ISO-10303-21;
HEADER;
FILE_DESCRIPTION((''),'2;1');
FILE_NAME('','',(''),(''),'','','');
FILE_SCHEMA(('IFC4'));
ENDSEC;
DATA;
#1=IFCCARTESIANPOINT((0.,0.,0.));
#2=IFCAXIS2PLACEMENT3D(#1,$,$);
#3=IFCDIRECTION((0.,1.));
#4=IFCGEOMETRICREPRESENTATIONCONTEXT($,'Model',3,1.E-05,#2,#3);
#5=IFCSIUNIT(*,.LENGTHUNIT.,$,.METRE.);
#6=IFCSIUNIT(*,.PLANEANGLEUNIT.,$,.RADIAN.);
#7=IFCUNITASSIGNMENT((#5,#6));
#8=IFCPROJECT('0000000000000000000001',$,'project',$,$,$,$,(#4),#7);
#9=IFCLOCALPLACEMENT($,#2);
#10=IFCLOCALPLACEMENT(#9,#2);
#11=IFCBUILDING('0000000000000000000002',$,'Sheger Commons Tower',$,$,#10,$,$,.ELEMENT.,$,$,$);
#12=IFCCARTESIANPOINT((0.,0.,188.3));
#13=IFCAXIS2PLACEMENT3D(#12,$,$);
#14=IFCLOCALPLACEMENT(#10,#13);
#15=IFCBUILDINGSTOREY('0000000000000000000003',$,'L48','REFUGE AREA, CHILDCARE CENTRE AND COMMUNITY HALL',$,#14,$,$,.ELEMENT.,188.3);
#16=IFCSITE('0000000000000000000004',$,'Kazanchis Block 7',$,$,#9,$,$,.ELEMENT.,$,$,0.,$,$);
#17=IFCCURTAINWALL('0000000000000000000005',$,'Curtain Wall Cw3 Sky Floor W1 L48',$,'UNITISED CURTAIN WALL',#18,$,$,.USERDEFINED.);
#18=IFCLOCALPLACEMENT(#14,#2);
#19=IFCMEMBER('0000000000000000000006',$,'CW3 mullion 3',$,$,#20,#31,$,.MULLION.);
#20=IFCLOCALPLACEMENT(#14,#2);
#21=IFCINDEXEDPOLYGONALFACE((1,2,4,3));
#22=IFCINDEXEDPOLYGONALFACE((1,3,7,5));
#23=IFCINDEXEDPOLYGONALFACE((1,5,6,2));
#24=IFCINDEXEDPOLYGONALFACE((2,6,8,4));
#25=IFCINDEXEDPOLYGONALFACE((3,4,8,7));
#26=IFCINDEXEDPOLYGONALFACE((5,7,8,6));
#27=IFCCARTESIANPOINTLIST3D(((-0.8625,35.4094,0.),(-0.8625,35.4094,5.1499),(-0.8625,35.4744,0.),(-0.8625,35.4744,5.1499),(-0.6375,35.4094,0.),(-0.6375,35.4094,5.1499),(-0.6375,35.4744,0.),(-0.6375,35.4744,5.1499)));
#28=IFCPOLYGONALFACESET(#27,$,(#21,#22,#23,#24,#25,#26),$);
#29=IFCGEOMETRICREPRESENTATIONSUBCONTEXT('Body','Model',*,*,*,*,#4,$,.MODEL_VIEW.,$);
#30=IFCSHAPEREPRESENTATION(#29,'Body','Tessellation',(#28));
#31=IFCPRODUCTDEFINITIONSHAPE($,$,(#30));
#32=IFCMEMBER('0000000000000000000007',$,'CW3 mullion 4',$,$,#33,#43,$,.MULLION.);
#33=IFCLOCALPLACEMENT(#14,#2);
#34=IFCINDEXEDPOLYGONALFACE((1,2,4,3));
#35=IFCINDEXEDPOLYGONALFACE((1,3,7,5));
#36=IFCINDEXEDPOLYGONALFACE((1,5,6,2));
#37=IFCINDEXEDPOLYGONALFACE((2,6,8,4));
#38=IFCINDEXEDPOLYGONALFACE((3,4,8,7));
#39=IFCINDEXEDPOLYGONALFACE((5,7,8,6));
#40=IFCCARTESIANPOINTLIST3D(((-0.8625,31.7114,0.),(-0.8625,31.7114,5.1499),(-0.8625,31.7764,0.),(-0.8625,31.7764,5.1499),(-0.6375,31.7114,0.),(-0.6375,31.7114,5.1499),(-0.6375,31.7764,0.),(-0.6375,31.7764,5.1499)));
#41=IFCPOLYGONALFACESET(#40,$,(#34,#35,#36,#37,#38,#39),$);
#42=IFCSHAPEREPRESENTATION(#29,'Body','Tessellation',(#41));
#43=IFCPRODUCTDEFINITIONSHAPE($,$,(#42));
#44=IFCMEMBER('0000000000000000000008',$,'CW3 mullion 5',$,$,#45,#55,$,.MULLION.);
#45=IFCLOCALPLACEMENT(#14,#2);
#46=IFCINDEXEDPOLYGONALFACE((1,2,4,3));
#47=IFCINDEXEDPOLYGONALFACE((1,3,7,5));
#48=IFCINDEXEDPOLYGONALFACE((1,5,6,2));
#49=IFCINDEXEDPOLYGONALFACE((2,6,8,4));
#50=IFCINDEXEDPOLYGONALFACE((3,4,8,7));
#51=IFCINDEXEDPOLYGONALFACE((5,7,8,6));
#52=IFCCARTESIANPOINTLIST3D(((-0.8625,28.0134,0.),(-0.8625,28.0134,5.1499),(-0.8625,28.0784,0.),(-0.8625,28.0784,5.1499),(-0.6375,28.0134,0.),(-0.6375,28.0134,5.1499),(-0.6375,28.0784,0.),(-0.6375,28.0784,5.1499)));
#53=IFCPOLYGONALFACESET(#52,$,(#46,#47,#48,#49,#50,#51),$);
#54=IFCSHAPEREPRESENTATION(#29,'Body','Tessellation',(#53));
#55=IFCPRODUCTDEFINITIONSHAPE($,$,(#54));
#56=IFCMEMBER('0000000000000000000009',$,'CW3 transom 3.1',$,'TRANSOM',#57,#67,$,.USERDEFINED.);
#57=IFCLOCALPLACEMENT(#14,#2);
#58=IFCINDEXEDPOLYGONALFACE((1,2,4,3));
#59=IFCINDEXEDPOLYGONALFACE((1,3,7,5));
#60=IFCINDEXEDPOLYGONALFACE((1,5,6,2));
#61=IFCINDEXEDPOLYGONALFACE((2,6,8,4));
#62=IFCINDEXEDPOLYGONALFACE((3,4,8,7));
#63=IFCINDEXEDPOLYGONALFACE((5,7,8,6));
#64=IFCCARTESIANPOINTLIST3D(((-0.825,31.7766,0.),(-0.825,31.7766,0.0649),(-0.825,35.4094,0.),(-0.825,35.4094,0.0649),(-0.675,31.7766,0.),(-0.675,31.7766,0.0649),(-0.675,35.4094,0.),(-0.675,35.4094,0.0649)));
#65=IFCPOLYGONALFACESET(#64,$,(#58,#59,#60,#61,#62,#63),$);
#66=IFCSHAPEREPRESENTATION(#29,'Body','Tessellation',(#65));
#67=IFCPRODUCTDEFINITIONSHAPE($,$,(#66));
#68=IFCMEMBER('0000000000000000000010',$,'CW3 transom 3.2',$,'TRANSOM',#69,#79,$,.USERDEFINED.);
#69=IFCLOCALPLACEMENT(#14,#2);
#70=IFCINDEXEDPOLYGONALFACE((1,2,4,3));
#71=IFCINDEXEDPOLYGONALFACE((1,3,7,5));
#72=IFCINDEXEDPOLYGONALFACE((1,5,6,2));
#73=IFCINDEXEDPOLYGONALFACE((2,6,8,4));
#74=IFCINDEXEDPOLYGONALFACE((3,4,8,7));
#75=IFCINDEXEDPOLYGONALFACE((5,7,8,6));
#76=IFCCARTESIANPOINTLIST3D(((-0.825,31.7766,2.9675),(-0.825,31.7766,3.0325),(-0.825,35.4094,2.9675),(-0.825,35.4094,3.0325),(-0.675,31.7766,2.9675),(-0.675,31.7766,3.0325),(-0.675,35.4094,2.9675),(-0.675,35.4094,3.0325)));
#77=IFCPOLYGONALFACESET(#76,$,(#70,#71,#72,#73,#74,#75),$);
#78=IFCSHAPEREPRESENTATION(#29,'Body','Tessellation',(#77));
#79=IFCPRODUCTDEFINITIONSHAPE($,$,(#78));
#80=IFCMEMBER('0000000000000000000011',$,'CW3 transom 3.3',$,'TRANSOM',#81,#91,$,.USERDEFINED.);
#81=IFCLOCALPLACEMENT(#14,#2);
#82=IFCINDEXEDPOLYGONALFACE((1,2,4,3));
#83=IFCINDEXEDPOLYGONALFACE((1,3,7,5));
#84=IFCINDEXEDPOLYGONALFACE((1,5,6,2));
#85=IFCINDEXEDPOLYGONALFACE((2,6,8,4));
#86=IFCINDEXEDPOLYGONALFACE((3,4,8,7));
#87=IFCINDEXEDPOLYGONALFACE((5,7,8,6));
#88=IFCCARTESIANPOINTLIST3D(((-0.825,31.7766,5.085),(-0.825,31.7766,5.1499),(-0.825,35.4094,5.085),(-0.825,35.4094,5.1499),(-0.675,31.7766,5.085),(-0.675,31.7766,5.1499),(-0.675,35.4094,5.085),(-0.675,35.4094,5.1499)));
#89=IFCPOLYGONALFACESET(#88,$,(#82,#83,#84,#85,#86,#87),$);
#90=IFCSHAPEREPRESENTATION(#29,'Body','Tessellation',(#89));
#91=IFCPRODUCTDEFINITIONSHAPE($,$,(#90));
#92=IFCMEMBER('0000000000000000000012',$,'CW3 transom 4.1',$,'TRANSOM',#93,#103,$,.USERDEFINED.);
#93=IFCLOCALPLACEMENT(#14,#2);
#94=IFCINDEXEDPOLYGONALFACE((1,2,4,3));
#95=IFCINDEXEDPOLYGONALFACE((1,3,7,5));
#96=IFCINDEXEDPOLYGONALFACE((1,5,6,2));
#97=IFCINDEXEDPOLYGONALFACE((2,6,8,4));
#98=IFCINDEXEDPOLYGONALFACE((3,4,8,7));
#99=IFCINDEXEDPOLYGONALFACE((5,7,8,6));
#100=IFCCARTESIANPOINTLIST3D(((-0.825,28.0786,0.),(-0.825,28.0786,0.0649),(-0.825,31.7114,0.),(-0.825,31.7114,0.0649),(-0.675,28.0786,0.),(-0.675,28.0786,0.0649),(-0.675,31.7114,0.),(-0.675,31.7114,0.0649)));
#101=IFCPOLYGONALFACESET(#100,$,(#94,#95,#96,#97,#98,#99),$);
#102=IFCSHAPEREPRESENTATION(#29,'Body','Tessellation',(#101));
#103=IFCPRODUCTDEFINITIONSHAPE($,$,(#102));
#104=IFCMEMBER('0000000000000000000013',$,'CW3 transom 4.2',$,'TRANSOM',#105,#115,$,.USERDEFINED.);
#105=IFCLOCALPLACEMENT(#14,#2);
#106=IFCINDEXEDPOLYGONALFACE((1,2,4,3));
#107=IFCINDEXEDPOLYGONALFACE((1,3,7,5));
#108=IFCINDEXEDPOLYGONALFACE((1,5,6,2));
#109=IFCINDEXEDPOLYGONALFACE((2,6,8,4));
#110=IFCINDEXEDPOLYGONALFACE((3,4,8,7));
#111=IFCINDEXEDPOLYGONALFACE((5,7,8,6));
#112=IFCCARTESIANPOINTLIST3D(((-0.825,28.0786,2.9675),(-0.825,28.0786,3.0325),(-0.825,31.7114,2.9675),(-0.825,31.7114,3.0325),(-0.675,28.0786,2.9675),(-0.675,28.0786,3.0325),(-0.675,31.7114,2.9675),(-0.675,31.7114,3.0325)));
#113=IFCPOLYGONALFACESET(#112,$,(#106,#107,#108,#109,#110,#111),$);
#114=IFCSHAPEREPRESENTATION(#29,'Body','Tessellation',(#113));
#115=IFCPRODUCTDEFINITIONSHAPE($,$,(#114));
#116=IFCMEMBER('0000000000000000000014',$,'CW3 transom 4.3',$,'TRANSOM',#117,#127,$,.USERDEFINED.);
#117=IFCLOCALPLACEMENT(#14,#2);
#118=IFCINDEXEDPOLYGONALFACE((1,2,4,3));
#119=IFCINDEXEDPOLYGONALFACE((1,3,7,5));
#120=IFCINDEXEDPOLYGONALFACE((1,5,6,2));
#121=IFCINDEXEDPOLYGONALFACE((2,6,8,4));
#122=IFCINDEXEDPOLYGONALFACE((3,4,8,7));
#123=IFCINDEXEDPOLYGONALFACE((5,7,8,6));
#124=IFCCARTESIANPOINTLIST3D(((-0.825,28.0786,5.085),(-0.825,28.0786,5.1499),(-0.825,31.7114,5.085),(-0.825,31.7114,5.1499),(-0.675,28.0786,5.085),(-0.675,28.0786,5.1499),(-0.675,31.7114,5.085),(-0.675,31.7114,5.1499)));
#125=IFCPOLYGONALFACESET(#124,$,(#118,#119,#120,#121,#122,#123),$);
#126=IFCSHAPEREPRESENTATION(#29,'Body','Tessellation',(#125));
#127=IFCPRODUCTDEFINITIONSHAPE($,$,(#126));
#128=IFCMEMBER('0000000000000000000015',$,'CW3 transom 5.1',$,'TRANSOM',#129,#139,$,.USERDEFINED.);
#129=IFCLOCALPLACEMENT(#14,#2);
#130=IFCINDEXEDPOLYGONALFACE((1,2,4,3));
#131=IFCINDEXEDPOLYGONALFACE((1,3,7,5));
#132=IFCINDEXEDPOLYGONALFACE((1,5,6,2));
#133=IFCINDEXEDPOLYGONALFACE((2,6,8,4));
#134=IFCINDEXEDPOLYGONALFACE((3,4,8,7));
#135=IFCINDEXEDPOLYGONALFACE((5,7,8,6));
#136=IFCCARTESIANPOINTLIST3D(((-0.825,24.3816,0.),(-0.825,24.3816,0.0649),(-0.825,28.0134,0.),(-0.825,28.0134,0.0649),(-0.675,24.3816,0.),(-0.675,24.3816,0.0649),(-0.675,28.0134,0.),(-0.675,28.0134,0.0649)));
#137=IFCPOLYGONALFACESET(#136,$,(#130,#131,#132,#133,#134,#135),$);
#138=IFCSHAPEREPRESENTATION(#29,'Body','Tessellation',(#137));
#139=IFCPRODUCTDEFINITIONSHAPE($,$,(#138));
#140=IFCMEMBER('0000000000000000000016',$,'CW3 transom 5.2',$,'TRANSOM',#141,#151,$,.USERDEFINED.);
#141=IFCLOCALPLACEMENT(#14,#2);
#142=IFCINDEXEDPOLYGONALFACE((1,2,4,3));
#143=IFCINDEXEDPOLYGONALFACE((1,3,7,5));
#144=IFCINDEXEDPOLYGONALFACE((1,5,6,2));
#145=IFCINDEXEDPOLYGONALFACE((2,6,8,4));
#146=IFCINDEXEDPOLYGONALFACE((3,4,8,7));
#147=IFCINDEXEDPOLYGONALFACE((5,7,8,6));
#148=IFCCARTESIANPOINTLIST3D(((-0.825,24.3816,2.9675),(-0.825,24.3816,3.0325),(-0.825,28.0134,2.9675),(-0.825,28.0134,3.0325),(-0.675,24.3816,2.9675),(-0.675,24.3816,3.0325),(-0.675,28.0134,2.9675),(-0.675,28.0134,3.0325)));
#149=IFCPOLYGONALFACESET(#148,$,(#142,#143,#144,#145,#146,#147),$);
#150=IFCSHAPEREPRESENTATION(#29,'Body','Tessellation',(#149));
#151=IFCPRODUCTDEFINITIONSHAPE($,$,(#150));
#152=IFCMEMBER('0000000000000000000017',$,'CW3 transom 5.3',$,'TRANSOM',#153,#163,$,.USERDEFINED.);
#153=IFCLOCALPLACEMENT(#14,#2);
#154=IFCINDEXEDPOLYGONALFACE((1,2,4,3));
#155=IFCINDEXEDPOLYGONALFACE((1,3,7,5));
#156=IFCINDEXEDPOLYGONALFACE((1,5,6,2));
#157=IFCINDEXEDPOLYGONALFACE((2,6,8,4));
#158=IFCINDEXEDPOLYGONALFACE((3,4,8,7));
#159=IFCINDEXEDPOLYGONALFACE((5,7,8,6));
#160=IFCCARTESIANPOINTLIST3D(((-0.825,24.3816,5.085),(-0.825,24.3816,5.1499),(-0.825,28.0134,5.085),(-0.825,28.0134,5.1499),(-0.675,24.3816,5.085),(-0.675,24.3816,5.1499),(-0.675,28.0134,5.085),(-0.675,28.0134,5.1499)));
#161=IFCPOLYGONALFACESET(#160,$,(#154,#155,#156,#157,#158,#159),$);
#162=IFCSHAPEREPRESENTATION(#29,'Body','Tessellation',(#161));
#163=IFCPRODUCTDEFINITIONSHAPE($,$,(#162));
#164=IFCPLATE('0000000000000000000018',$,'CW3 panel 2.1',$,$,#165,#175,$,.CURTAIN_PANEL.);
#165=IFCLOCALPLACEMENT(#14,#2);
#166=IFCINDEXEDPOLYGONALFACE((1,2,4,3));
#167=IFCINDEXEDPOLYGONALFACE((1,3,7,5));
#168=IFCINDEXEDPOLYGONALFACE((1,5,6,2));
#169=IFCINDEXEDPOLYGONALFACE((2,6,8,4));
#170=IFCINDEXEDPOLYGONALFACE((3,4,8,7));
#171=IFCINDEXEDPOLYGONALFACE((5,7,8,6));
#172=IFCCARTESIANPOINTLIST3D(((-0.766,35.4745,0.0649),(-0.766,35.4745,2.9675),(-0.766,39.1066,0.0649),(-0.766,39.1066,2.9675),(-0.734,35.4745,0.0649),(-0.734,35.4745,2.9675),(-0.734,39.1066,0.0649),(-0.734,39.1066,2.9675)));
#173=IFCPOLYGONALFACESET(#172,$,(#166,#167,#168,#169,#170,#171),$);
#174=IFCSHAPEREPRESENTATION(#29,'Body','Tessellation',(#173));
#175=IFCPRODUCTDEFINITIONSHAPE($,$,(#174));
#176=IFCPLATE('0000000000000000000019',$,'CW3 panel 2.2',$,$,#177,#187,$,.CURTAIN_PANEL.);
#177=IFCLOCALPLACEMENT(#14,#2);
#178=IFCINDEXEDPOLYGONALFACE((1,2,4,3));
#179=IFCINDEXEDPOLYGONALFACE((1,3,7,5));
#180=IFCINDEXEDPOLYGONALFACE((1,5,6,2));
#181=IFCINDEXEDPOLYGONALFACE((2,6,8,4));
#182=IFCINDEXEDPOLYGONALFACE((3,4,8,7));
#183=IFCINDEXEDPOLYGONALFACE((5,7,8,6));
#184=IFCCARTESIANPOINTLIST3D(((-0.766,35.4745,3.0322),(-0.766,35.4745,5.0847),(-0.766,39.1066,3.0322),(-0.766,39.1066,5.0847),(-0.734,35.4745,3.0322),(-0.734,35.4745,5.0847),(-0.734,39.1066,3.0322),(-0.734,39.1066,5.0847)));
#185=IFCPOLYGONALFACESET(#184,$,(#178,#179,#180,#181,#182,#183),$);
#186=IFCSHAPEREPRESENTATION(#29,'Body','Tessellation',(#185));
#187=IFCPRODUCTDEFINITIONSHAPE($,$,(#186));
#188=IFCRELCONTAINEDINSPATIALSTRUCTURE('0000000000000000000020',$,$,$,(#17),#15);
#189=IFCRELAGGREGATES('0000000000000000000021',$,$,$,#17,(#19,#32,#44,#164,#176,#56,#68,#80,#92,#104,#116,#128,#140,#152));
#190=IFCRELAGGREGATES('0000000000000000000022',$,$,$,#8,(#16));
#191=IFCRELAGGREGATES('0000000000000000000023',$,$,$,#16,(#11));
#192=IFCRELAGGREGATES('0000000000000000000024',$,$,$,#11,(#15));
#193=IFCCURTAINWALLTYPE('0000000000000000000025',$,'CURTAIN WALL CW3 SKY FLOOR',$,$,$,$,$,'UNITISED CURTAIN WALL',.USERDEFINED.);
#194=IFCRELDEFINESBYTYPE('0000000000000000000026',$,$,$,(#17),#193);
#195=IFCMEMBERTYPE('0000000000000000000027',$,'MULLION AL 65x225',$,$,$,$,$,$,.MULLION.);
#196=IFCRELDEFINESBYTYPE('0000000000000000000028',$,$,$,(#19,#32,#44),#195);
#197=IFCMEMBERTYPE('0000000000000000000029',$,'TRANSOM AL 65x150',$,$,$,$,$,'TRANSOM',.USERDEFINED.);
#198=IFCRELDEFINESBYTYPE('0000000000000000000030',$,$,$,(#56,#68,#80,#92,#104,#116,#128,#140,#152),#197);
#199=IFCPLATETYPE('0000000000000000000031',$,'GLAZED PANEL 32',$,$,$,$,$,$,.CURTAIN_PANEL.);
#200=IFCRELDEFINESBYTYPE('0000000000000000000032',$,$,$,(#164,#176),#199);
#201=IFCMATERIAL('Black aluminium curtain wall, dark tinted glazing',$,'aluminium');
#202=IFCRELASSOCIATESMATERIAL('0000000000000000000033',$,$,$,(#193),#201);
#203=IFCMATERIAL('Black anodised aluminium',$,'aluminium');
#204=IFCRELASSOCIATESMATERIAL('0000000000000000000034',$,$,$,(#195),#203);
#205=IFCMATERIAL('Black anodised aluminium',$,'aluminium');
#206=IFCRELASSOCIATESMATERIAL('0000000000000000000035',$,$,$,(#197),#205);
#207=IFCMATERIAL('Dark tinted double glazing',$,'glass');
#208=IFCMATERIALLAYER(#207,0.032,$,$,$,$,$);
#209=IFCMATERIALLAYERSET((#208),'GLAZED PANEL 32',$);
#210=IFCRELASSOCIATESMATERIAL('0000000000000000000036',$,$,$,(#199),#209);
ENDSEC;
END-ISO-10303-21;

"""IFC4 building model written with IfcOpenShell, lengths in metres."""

from ifc_helpers import new_model, si_unit, direction, frame, origin, origin_2d, place, context, subcontext, project, spatial, rectangle, extrude, material, layer, layer_set, material_profile, profile_set, type_object, element, aggregate, save


model = new_model("IFC4")

# Units and contexts
model_context = context("Model", 3, precision=1e-05, world=origin(), true_north=direction((0.0, 1.0)))
body_context = subcontext(model_context, "Body", "Model", "MODEL_VIEW")
ifc_project = project(units=[si_unit("LENGTHUNIT", "METRE"), si_unit("PLANEANGLEUNIT", "RADIAN")], contexts=[model_context])

# Site, building, storey
site_placement = place(None, origin())
site = spatial("IfcSite", under=ifc_project, at=site_placement, Name="Kazanchis Block 7", CompositionType="ELEMENT", RefElevation=0.0)
building_placement = place(site_placement, origin())
building = spatial("IfcBuilding", under=site, at=building_placement, Name="Sheger Commons Tower", CompositionType="ELEMENT")
storey_placement = place(building_placement, frame((0.0, 0.0, 188.3)))
storey = spatial("IfcBuildingStorey", under=building, at=storey_placement, Name="L48", Description="REFUGE AREA, CHILDCARE CENTRE AND COMMUNITY HALL", CompositionType="ELEMENT", Elevation=188.3)

# Curtain wall, members, plates
ifc_material_1 = material(Name="Black aluminium curtain wall, dark tinted glazing", Category="aluminium")
curtain_wall_type = type_object("IfcCurtainWallType", Name="CURTAIN WALL CW3 SKY FLOOR", ElementType="UNITISED CURTAIN WALL", PredefinedType="USERDEFINED", material=ifc_material_1)
curtain_wall_placement = place(storey_placement, origin())
curtain_wall = element("IfcCurtainWall", 1, at=curtain_wall_placement, inside=storey, type_object=curtain_wall_type, Name="Curtain Wall Cw3 Sky Floor W1 L48", ObjectType="UNITISED CURTAIN WALL", PredefinedType="USERDEFINED")
ifc_material_2 = material(Name="Black anodised aluminium", Category="aluminium")
ifc_material_profile_1 = material_profile(ifc_material_2, rectangle(XDim=0.2251, YDim=0.0649, at=origin_2d()), Name="AL 65x225")
ifc_profile_set_1 = profile_set([ifc_material_profile_1], Name="Black anodised aluminium")
member_type_1 = type_object("IfcMemberType", Name="MULLION AL 65x225", PredefinedType="MULLION", material=ifc_profile_set_1)
member_1_placement = place(storey_placement, frame((-0.75, 35.4419, 0.0), z_axis=(0.0, 0.0, 1.0), x_axis=(1.0, 0.0, 0.0)))
member_1 = element("IfcMember", 2, at=member_1_placement, type_object=member_type_1, Name="CW3 mullion 3", PredefinedType="MULLION", context=body_context, shape_type="SweptSolid", body=[
    extrude(rectangle(XDim=0.2251, YDim=0.0649, at=origin_2d()), origin(), (0.0, 0.0, 1.0), 5.1499),
])
member_2_placement = place(storey_placement, frame((-0.75, 31.7439, 0.0), z_axis=(0.0, 0.0, 1.0), x_axis=(1.0, 0.0, 0.0)))
member_2 = element("IfcMember", 3, at=member_2_placement, type_object=member_type_1, Name="CW3 mullion 4", PredefinedType="MULLION", context=body_context, shape_type="SweptSolid", body=[
    extrude(rectangle(XDim=0.2251, YDim=0.0649, at=origin_2d()), origin(), (0.0, 0.0, 1.0), 5.1499),
])
member_3_placement = place(storey_placement, frame((-0.75, 28.0459, 0.0), z_axis=(0.0, 0.0, 1.0), x_axis=(1.0, 0.0, 0.0)))
member_3 = element("IfcMember", 4, at=member_3_placement, type_object=member_type_1, Name="CW3 mullion 5", PredefinedType="MULLION", context=body_context, shape_type="SweptSolid", body=[
    extrude(rectangle(XDim=0.2251, YDim=0.0649, at=origin_2d()), origin(), (0.0, 0.0, 1.0), 5.1499),
])
ifc_material_3 = material(Name="Black anodised aluminium", Category="aluminium")
ifc_material_profile_2 = material_profile(ifc_material_3, rectangle(XDim=0.1499, YDim=0.0649, at=origin_2d()), Name="AL 65x150")
ifc_profile_set_2 = profile_set([ifc_material_profile_2], Name="Black anodised aluminium")
member_type_2 = type_object("IfcMemberType", Name="TRANSOM AL 65x150", ElementType="TRANSOM", PredefinedType="USERDEFINED", material=ifc_profile_set_2)
member_4_placement = place(storey_placement, frame((-0.75, 35.4094, 0.0325), z_axis=(0.0, -1.0, 0.0), x_axis=(1.0, 0.0, 0.0)))
member_4 = element("IfcMember", 5, at=member_4_placement, type_object=member_type_2, Name="CW3 transom 3.1", ObjectType="TRANSOM", PredefinedType="USERDEFINED", context=body_context, shape_type="SweptSolid", body=[
    extrude(rectangle(XDim=0.1499, YDim=0.0649, at=origin_2d()), origin(), (0.0, 0.0, 1.0), 3.6328),
])
member_5_placement = place(storey_placement, frame((-0.75, 35.4094, 3.0), z_axis=(0.0, -1.0, 0.0), x_axis=(1.0, 0.0, 0.0)))
member_5 = element("IfcMember", 6, at=member_5_placement, type_object=member_type_2, Name="CW3 transom 3.2", ObjectType="TRANSOM", PredefinedType="USERDEFINED", context=body_context, shape_type="SweptSolid", body=[
    extrude(rectangle(XDim=0.1499, YDim=0.0649, at=origin_2d()), origin(), (0.0, 0.0, 1.0), 3.6328),
])
member_6_placement = place(storey_placement, frame((-0.75, 35.4094, 5.1174), z_axis=(0.0, -1.0, 0.0), x_axis=(1.0, 0.0, 0.0)))
member_6 = element("IfcMember", 7, at=member_6_placement, type_object=member_type_2, Name="CW3 transom 3.3", ObjectType="TRANSOM", PredefinedType="USERDEFINED", context=body_context, shape_type="SweptSolid", body=[
    extrude(rectangle(XDim=0.1499, YDim=0.0649, at=origin_2d()), origin(), (0.0, 0.0, 1.0), 3.6328),
])
member_7_placement = place(storey_placement, frame((-0.75, 31.7114, 0.0325), z_axis=(0.0, -1.0, 0.0), x_axis=(1.0, 0.0, 0.0)))
member_7 = element("IfcMember", 8, at=member_7_placement, type_object=member_type_2, Name="CW3 transom 4.1", ObjectType="TRANSOM", PredefinedType="USERDEFINED", context=body_context, shape_type="SweptSolid", body=[
    extrude(rectangle(XDim=0.1499, YDim=0.0649, at=origin_2d()), origin(), (0.0, 0.0, 1.0), 3.6328),
])
member_8_placement = place(storey_placement, frame((-0.75, 31.7114, 3.0), z_axis=(0.0, -1.0, 0.0), x_axis=(1.0, 0.0, 0.0)))
member_8 = element("IfcMember", 9, at=member_8_placement, type_object=member_type_2, Name="CW3 transom 4.2", ObjectType="TRANSOM", PredefinedType="USERDEFINED", context=body_context, shape_type="SweptSolid", body=[
    extrude(rectangle(XDim=0.1499, YDim=0.0649, at=origin_2d()), origin(), (0.0, 0.0, 1.0), 3.6328),
])
member_9_placement = place(storey_placement, frame((-0.75, 31.7114, 5.1174), z_axis=(0.0, -1.0, 0.0), x_axis=(1.0, 0.0, 0.0)))
member_9 = element("IfcMember", 10, at=member_9_placement, type_object=member_type_2, Name="CW3 transom 4.3", ObjectType="TRANSOM", PredefinedType="USERDEFINED", context=body_context, shape_type="SweptSolid", body=[
    extrude(rectangle(XDim=0.1499, YDim=0.0649, at=origin_2d()), origin(), (0.0, 0.0, 1.0), 3.6328),
])
member_10_placement = place(storey_placement, frame((-0.75, 28.0134, 0.0325), z_axis=(0.0, -1.0, 0.0), x_axis=(1.0, 0.0, 0.0)))
member_10 = element("IfcMember", 11, at=member_10_placement, type_object=member_type_2, Name="CW3 transom 5.1", ObjectType="TRANSOM", PredefinedType="USERDEFINED", context=body_context, shape_type="SweptSolid", body=[
    extrude(rectangle(XDim=0.1499, YDim=0.0649, at=origin_2d()), origin(), (0.0, 0.0, 1.0), 3.6318),
])
member_11_placement = place(storey_placement, frame((-0.75, 28.0134, 3.0), z_axis=(0.0, -1.0, 0.0), x_axis=(1.0, 0.0, 0.0)))
member_11 = element("IfcMember", 12, at=member_11_placement, type_object=member_type_2, Name="CW3 transom 5.2", ObjectType="TRANSOM", PredefinedType="USERDEFINED", context=body_context, shape_type="SweptSolid", body=[
    extrude(rectangle(XDim=0.1499, YDim=0.0649, at=origin_2d()), origin(), (0.0, 0.0, 1.0), 3.6318),
])
member_12_placement = place(storey_placement, frame((-0.75, 28.0134, 5.1174), z_axis=(0.0, -1.0, 0.0), x_axis=(1.0, 0.0, 0.0)))
member_12 = element("IfcMember", 13, at=member_12_placement, type_object=member_type_2, Name="CW3 transom 5.3", ObjectType="TRANSOM", PredefinedType="USERDEFINED", context=body_context, shape_type="SweptSolid", body=[
    extrude(rectangle(XDim=0.1499, YDim=0.0649, at=origin_2d()), origin(), (0.0, 0.0, 1.0), 3.6318),
])
ifc_material_4 = material(Name="Dark tinted double glazing", Category="glass")
ifc_layer_1 = layer(ifc_material_4, 0.032)
ifc_layer_set_1 = layer_set([ifc_layer_1], Name="GLAZED PANEL 32")
plate_type_1 = type_object("IfcPlateType", Name="GLAZED PANEL 32", PredefinedType="CURTAIN_PANEL", material=ifc_layer_set_1)
plate_1_placement = place(storey_placement, frame((-0.75, 37.2905, 0.0649), z_axis=(0.0, 0.0, 1.0), x_axis=(0.0, -1.0, 0.0)))
plate_1 = element("IfcPlate", 14, at=plate_1_placement, type_object=plate_type_1, Name="CW3 panel 2.1", PredefinedType="CURTAIN_PANEL", context=body_context, shape_type="SweptSolid", body=[
    extrude(rectangle(XDim=3.6321, YDim=0.032, at=origin_2d()), origin(), (0.0, 0.0, 1.0), 2.9026),
])
plate_2_placement = place(storey_placement, frame((-0.75, 37.2905, 3.0322), z_axis=(0.0, 0.0, 1.0), x_axis=(0.0, -1.0, 0.0)))
plate_2 = element("IfcPlate", 15, at=plate_2_placement, type_object=plate_type_1, Name="CW3 panel 2.2", PredefinedType="CURTAIN_PANEL", context=body_context, shape_type="SweptSolid", body=[
    extrude(rectangle(XDim=3.6321, YDim=0.032, at=origin_2d()), origin(), (0.0, 0.0, 1.0), 2.0525),
])
aggregate(curtain_wall, [member_1, member_2, member_3, plate_1, plate_2, member_4, member_5, member_6, member_7, member_8, member_9, member_10, member_11, member_12])

save(model, "model.ifc")
